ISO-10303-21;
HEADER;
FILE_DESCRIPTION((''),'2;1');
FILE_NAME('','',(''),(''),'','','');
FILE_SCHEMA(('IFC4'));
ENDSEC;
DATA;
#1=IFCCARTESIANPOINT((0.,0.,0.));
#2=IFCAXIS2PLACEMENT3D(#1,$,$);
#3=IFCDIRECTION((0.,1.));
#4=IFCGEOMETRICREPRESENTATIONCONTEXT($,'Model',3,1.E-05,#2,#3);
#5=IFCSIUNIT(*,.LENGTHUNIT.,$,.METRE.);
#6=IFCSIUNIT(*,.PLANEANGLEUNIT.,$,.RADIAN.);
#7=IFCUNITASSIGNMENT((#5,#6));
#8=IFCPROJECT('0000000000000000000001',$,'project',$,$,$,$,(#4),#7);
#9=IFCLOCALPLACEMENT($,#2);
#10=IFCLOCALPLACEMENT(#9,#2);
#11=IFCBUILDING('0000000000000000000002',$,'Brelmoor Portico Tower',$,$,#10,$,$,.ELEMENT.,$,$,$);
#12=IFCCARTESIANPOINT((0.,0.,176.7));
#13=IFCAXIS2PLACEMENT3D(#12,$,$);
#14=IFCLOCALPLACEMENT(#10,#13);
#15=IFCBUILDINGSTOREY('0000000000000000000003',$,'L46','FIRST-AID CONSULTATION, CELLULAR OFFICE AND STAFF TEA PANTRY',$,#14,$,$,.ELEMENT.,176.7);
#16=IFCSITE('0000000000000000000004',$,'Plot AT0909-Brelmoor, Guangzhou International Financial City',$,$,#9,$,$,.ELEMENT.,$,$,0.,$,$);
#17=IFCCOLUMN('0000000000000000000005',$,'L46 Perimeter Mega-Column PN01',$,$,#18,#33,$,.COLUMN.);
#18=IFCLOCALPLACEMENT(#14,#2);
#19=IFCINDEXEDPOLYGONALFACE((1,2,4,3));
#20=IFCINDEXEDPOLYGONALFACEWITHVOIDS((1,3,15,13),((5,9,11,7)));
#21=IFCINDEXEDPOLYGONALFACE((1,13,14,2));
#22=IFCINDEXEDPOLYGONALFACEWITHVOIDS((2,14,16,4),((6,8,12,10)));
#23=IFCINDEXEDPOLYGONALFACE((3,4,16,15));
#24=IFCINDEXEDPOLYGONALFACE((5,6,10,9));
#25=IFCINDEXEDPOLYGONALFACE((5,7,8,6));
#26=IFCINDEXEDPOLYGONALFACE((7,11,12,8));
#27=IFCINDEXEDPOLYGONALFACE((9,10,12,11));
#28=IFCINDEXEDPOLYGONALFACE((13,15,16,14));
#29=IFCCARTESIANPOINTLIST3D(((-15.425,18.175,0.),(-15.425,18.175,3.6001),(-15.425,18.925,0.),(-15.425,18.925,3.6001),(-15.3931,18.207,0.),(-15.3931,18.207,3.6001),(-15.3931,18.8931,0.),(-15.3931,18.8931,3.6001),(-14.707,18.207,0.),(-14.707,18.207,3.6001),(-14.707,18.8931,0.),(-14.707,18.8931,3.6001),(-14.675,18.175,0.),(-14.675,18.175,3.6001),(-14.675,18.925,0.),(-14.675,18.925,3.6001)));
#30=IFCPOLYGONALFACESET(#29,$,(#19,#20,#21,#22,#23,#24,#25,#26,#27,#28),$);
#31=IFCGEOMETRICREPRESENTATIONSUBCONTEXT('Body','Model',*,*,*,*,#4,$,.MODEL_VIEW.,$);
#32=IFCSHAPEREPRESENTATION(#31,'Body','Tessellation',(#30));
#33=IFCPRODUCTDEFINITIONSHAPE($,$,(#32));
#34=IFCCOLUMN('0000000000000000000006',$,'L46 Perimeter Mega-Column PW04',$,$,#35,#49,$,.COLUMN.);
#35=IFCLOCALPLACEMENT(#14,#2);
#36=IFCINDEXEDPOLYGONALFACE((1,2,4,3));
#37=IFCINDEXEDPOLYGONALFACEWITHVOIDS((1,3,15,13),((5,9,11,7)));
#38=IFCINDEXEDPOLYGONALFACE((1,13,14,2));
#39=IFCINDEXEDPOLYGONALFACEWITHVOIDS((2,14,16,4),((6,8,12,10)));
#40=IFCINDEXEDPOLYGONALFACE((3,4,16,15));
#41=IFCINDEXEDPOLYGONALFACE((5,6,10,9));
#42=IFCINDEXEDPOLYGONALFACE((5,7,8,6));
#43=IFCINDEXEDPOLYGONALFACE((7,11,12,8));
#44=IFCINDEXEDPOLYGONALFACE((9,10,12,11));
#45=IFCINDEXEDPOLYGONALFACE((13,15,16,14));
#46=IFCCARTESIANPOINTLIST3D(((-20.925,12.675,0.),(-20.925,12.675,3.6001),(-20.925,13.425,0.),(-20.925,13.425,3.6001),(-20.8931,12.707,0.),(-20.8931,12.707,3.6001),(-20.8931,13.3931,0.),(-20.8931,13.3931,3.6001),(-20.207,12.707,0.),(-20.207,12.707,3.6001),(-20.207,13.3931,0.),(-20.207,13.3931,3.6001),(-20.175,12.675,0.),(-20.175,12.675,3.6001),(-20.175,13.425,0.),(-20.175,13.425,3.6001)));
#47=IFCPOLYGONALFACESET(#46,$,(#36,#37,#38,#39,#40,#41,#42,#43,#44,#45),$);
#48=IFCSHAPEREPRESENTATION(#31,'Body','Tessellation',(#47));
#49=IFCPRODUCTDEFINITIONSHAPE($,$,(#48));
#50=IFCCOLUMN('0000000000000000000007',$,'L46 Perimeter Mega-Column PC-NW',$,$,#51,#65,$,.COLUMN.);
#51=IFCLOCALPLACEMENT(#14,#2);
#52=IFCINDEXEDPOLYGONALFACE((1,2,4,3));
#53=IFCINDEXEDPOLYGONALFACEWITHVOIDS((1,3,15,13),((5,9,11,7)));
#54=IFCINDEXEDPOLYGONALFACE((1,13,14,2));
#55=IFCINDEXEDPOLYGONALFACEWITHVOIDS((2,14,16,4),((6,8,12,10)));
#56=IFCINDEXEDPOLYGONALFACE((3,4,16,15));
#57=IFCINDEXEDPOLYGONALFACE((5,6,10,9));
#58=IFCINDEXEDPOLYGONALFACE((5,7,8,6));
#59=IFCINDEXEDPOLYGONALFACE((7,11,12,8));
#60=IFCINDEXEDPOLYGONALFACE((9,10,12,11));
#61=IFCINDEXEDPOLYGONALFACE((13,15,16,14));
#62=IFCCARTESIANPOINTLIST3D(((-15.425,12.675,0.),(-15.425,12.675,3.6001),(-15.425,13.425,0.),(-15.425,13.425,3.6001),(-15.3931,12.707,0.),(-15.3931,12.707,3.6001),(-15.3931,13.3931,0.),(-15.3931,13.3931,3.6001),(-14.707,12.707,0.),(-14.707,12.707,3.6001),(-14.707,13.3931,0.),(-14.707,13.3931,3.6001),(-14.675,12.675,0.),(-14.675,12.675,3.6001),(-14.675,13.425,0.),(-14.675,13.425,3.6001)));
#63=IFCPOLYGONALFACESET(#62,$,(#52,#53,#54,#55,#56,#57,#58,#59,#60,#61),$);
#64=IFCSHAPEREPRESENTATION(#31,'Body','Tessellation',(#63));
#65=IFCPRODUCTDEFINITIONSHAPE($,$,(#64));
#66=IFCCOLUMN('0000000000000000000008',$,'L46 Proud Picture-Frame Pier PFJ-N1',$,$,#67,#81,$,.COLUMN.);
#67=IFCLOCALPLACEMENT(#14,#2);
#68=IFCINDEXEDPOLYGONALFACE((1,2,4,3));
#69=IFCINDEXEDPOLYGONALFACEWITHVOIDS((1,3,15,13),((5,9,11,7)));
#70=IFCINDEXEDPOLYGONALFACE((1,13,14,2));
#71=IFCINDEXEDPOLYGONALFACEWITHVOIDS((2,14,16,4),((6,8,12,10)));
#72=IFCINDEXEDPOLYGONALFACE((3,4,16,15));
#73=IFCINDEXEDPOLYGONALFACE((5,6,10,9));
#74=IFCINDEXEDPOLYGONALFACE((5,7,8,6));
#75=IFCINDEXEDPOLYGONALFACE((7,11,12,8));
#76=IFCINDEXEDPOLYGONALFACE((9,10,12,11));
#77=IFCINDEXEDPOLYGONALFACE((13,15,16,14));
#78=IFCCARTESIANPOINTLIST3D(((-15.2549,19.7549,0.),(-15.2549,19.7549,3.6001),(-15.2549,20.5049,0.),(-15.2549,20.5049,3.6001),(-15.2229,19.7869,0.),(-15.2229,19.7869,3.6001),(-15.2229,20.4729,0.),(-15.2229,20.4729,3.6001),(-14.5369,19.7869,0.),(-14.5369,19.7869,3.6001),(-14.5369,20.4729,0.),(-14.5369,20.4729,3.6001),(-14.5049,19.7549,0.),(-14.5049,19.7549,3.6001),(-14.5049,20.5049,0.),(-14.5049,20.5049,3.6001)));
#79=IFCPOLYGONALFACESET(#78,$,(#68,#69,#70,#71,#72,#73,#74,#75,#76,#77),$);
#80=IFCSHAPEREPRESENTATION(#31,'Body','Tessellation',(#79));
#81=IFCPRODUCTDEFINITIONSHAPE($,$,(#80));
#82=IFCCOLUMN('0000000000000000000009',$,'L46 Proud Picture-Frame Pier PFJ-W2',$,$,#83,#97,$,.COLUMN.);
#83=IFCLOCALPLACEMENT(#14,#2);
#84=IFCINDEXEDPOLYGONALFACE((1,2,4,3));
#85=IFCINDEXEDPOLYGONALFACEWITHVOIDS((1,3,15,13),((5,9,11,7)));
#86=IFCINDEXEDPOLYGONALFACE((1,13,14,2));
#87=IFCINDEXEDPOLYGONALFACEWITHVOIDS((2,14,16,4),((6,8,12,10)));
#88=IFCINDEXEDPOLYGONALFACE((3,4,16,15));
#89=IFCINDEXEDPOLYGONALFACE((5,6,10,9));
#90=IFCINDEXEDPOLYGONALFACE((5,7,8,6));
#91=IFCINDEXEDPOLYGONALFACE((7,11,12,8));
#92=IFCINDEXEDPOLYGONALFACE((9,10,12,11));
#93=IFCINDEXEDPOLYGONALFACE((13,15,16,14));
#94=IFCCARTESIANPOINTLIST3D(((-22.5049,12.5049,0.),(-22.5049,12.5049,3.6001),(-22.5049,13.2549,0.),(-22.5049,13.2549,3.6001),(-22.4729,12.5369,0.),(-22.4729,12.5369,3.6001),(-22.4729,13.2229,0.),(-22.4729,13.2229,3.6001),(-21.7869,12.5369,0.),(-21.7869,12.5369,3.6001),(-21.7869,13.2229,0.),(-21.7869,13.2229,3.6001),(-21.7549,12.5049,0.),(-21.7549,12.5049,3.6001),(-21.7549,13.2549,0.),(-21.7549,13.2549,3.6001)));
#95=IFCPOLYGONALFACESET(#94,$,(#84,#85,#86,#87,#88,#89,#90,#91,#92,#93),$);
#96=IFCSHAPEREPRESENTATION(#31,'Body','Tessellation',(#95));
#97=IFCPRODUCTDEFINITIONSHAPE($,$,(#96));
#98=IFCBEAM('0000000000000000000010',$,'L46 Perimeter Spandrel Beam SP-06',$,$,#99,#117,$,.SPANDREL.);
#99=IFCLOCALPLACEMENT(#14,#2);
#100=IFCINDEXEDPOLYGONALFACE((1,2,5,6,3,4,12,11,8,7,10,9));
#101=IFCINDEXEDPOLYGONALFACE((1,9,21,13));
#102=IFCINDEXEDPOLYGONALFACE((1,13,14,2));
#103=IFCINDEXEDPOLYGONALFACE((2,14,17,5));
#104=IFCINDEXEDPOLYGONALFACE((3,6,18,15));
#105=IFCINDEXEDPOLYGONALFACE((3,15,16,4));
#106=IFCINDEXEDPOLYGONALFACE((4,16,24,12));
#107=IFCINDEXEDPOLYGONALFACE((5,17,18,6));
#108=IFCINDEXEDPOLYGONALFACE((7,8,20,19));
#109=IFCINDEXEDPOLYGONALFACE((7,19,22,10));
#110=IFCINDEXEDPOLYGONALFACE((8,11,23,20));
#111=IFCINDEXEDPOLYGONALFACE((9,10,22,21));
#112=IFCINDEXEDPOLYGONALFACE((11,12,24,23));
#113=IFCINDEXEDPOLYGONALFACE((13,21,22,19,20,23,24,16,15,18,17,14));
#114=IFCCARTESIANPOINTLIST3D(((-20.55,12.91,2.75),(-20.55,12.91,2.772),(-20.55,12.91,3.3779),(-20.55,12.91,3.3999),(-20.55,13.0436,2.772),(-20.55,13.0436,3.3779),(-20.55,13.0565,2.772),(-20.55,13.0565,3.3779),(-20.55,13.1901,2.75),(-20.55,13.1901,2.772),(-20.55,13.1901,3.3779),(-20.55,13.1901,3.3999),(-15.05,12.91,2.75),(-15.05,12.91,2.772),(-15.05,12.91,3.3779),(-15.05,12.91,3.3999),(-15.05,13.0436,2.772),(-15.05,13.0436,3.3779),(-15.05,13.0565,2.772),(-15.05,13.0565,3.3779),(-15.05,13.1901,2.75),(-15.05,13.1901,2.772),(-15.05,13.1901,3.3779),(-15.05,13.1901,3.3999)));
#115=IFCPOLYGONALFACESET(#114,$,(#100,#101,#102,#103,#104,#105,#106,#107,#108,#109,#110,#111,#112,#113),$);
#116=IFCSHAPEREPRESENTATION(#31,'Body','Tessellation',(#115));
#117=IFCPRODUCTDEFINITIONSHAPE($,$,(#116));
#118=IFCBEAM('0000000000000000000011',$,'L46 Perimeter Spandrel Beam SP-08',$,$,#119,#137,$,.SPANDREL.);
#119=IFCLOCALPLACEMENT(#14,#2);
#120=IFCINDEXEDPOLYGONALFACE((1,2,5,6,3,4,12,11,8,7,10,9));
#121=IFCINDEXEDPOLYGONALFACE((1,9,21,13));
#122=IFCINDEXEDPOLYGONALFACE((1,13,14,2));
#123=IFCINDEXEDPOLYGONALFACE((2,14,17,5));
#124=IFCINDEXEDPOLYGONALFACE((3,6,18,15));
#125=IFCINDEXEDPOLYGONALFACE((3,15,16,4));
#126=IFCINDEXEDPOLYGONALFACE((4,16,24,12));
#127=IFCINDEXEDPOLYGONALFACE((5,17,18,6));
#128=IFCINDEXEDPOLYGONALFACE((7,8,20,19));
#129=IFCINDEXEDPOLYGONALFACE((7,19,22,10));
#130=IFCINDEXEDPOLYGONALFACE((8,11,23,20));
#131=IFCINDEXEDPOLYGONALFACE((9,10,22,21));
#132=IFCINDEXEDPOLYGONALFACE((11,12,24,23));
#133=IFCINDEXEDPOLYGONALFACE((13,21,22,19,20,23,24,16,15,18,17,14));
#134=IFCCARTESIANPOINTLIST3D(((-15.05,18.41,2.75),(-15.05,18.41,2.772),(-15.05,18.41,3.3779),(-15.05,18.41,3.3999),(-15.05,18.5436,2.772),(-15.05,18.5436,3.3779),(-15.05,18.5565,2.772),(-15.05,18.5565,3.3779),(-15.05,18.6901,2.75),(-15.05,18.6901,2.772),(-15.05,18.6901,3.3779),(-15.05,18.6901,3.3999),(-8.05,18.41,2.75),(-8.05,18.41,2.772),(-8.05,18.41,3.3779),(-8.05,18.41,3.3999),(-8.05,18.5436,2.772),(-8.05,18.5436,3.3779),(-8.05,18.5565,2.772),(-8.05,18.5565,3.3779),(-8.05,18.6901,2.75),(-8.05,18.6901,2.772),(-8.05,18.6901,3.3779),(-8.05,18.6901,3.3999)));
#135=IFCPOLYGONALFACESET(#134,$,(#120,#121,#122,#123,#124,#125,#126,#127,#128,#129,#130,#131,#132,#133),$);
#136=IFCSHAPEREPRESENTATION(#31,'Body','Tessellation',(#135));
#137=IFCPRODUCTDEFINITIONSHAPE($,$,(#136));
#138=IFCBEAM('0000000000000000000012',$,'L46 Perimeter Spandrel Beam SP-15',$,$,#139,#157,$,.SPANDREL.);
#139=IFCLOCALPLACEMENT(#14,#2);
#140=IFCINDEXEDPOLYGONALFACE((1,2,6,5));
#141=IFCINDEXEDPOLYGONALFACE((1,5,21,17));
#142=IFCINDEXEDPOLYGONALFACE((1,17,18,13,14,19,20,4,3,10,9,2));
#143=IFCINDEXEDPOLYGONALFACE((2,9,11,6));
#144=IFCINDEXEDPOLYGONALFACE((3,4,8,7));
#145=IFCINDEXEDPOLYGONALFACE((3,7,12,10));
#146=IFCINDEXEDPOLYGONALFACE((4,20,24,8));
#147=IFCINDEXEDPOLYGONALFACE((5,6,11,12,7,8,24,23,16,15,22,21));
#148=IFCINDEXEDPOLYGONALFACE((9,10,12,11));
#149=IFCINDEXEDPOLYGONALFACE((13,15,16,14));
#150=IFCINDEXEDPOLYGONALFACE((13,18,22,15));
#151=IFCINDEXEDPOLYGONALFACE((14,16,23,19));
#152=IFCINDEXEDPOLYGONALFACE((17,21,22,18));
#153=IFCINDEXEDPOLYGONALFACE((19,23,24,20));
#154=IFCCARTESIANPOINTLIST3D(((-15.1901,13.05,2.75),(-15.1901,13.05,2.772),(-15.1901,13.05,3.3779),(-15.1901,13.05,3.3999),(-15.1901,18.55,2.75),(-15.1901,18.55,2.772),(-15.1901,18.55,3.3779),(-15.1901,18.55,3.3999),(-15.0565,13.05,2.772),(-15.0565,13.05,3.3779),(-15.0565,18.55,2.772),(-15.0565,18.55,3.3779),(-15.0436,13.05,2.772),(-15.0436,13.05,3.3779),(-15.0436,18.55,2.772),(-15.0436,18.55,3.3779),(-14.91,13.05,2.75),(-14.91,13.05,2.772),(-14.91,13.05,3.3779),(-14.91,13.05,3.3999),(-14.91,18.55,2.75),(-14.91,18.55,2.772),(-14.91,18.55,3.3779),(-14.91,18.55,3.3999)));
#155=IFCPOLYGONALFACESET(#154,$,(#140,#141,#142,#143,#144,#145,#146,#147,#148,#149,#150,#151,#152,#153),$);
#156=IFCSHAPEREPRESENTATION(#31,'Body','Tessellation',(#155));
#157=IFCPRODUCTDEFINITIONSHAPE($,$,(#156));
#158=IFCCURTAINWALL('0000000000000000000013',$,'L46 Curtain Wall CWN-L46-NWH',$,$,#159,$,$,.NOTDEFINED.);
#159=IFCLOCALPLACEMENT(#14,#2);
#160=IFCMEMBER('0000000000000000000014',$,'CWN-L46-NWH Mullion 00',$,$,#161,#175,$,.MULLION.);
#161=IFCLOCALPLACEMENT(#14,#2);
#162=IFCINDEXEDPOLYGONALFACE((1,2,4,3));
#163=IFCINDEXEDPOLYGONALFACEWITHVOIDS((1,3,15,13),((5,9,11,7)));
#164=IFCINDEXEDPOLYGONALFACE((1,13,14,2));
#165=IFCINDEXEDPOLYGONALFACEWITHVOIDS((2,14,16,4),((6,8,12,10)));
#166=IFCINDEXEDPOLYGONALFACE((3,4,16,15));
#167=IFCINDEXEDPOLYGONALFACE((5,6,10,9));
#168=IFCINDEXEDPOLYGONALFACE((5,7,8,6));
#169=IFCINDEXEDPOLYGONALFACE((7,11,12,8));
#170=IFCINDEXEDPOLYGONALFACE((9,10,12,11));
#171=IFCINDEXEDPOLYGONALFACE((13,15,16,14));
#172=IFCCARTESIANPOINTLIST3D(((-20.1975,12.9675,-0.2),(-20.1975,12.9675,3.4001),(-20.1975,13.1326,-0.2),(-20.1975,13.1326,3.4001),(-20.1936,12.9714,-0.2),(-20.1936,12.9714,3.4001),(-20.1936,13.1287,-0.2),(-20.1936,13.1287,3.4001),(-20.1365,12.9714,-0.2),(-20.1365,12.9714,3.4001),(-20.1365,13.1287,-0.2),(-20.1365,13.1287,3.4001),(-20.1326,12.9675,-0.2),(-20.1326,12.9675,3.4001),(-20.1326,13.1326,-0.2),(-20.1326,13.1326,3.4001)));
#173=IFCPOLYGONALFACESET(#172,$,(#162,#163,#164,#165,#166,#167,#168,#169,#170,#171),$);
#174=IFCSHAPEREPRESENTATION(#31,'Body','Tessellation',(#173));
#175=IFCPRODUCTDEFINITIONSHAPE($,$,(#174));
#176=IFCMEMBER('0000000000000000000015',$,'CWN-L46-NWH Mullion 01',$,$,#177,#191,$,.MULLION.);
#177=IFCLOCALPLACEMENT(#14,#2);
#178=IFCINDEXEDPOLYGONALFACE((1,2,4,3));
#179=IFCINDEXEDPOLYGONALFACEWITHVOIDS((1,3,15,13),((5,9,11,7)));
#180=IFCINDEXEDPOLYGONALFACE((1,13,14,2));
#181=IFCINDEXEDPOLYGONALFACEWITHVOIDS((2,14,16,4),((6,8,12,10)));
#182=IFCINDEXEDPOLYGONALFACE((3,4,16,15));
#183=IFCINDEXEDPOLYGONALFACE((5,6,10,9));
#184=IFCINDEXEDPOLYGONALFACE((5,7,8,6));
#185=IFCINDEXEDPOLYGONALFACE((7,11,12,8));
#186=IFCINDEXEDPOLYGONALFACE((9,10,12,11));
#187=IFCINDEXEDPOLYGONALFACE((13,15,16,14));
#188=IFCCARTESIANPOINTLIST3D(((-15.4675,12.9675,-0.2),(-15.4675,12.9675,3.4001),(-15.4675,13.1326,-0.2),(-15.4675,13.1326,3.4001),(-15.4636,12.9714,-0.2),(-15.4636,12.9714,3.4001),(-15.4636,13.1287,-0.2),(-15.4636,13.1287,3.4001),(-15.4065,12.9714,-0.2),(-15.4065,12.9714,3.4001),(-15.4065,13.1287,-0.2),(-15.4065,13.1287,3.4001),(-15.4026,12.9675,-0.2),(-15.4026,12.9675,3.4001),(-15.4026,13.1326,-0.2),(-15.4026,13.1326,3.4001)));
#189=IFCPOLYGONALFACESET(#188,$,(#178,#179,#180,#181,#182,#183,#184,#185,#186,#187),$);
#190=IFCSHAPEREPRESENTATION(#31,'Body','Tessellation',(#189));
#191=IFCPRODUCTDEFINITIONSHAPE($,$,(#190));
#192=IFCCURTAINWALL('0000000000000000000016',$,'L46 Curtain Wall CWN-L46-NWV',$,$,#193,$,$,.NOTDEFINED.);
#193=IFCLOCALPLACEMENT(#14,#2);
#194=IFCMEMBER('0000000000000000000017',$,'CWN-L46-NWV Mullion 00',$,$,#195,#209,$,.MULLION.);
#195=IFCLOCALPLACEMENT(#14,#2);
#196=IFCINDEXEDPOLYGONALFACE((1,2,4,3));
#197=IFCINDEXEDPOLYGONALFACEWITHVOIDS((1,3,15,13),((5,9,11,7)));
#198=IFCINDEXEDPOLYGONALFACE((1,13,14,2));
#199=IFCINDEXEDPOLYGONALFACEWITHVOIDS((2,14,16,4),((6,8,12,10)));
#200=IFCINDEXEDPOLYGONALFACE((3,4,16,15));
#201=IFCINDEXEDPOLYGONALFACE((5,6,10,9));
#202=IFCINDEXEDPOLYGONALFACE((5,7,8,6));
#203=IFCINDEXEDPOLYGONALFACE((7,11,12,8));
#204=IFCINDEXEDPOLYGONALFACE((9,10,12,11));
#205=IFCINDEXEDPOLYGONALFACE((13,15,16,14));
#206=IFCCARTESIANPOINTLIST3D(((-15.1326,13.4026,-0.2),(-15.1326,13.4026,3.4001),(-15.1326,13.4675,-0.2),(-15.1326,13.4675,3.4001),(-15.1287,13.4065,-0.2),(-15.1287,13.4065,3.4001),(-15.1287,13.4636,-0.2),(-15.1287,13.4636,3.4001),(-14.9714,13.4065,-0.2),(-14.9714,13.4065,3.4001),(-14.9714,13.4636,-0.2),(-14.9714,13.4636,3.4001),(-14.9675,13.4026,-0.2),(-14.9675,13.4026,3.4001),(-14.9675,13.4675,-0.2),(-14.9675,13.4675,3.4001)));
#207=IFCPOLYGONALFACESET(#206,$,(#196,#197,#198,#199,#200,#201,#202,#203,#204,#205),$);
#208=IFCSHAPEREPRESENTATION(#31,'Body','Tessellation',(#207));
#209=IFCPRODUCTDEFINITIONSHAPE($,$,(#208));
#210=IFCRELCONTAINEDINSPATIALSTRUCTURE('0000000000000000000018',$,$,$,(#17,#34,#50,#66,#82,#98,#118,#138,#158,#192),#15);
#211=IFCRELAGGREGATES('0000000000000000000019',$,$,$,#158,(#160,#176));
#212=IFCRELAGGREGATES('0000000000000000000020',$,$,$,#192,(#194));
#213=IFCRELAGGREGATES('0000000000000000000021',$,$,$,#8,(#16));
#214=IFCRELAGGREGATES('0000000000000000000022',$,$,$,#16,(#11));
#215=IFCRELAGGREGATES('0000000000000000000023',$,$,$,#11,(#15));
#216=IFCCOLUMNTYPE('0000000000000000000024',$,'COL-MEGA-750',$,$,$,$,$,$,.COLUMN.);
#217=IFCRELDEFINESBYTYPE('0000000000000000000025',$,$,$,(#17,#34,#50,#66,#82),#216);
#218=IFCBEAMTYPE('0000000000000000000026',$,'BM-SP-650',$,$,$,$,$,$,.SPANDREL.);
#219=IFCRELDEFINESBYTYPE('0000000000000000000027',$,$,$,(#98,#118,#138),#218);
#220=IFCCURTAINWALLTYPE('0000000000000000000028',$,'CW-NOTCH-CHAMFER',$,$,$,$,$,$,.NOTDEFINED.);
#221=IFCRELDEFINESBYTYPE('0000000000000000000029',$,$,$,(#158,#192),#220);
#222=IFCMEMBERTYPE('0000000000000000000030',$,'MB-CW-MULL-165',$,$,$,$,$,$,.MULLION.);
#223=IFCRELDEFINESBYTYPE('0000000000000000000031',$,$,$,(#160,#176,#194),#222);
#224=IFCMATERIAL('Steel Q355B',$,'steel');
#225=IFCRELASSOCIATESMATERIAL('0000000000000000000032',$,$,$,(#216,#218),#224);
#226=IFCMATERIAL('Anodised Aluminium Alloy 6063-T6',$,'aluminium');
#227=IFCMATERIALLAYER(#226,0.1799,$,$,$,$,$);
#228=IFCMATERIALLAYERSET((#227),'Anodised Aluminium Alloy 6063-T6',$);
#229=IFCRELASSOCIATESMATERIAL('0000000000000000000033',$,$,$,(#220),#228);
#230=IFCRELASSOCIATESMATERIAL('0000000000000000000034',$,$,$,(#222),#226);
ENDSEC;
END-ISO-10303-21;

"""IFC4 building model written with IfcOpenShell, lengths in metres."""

from ifc_helpers import new_model, si_unit, direction, frame, origin, origin_2d, place, context, subcontext, project, spatial, hollow_rectangle, i_section, extrude, material, layer, layer_set, material_profile, profile_set, type_object, element, aggregate, save


model = new_model("IFC4")

# Units and contexts
model_context = context("Model", 3, precision=1e-05, world=origin(), true_north=direction((0.0, 1.0)))
body_context = subcontext(model_context, "Body", "Model", "MODEL_VIEW")
ifc_project = project(units=[si_unit("LENGTHUNIT", "METRE"), si_unit("PLANEANGLEUNIT", "RADIAN")], contexts=[model_context])

# Site, building, storey
site_placement = place(None, origin())
site = spatial("IfcSite", under=ifc_project, at=site_placement, Name="Plot AT0909-Brelmoor, Guangzhou International Financial City", CompositionType="ELEMENT", RefElevation=0.0)
building_placement = place(site_placement, origin())
building = spatial("IfcBuilding", under=site, at=building_placement, Name="Brelmoor Portico Tower", CompositionType="ELEMENT")
storey_placement = place(building_placement, frame((0.0, 0.0, 176.7)))
storey = spatial("IfcBuildingStorey", under=building, at=storey_placement, Name="L46", Description="FIRST-AID CONSULTATION, CELLULAR OFFICE AND STAFF TEA PANTRY", CompositionType="ELEMENT", Elevation=176.7)

# Columns
ifc_material_1 = material(Name="Steel Q355B", Category="steel")
ifc_material_profile_1 = material_profile(ifc_material_1, hollow_rectangle(XDim=0.75, YDim=0.75, WallThickness=0.032, at=origin_2d()), Name="BOX 750x750x32")
ifc_profile_set_1 = profile_set([ifc_material_profile_1], Name="Steel Q355B")
column_type = type_object("IfcColumnType", Name="COL-MEGA-750", PredefinedType="COLUMN", material=ifc_profile_set_1)
for number, where, z_axis, x_axis, name in (
    (1, (-15.05, 18.55, 0.0), (0.0, 0.0, 1.0), (1.0, 0.0, 0.0), "L46 Perimeter Mega-Column PN01"),
    (2, (-20.55, 13.05, 0.0), (0.0, 0.0, 1.0), (0.0, 1.0, 0.0), "L46 Perimeter Mega-Column PW04"),
    (3, (-15.05, 13.05, 0.0), (0.0, 0.0, 1.0), (1.0, 0.0, 0.0), "L46 Perimeter Mega-Column PC-NW"),
    (4, (-14.8799, 20.1299, 0.0), (0.0, 0.0, 1.0), (1.0, 0.0, 0.0), "L46 Proud Picture-Frame Pier PFJ-N1"),
    (5, (-22.1299, 12.8799, 0.0), (0.0, 0.0, 1.0), (0.0, 1.0, 0.0), "L46 Proud Picture-Frame Pier PFJ-W2"),
):
    element("IfcColumn", number, at=place(storey_placement, frame(where, z_axis=z_axis, x_axis=x_axis)), inside=storey, type_object=column_type, Name=name, PredefinedType="COLUMN", context=body_context, shape_type="SweptSolid", body=[
        extrude(hollow_rectangle(XDim=0.75, YDim=0.75, WallThickness=0.032, at=origin_2d()), origin(), (0.0, 0.0, 1.0), 3.6001),
    ])

# Beams
ifc_material_profile_2 = material_profile(ifc_material_1, i_section(OverallWidth=0.28, OverallDepth=0.6499, WebThickness=0.0129, FlangeThickness=0.022, at=origin_2d()), Name="HN 650x280x13x22")
ifc_profile_set_2 = profile_set([ifc_material_profile_2], Name="Steel Q355B")
beam_type = type_object("IfcBeamType", Name="BM-SP-650", PredefinedType="SPANDREL", material=ifc_profile_set_2)
beam_1_placement = place(storey_placement, frame((-20.55, 13.05, 3.075), z_axis=(1.0, 0.0, 0.0), x_axis=(0.0, 1.0, 0.0)))
element("IfcBeam", 6, at=beam_1_placement, inside=storey, type_object=beam_type, Name="L46 Perimeter Spandrel Beam SP-06", PredefinedType="SPANDREL", context=body_context, shape_type="SweptSolid", body=[
    extrude(i_section(OverallWidth=0.28, OverallDepth=0.6499, WebThickness=0.0129, FlangeThickness=0.022, at=origin_2d()), origin(), (0.0, 0.0, 1.0), 5.5),
])
beam_2_placement = place(storey_placement, frame((-15.05, 18.55, 3.075), z_axis=(1.0, 0.0, 0.0), x_axis=(0.0, 1.0, 0.0)))
element("IfcBeam", 7, at=beam_2_placement, inside=storey, type_object=beam_type, Name="L46 Perimeter Spandrel Beam SP-08", PredefinedType="SPANDREL", context=body_context, shape_type="SweptSolid", body=[
    extrude(i_section(OverallWidth=0.28, OverallDepth=0.6499, WebThickness=0.0129, FlangeThickness=0.022, at=origin_2d()), origin(), (0.0, 0.0, 1.0), 7.0),
])
beam_3_placement = place(storey_placement, frame((-15.05, 13.05, 3.075), z_axis=(0.0, 1.0, 0.0), x_axis=(-1.0, 0.0, 0.0)))
element("IfcBeam", 8, at=beam_3_placement, inside=storey, type_object=beam_type, Name="L46 Perimeter Spandrel Beam SP-15", PredefinedType="SPANDREL", context=body_context, shape_type="SweptSolid", body=[
    extrude(i_section(OverallWidth=0.28, OverallDepth=0.6499, WebThickness=0.0129, FlangeThickness=0.022, at=origin_2d()), origin(), (0.0, 0.0, 1.0), 5.5),
])

# Curtain walls, members
ifc_material_2 = material(Name="Anodised Aluminium Alloy 6063-T6", Category="aluminium")
ifc_layer_1 = layer(ifc_material_2, 0.1799)
ifc_layer_set_1 = layer_set([ifc_layer_1], Name="Anodised Aluminium Alloy 6063-T6")
curtain_wall_type = type_object("IfcCurtainWallType", Name="CW-NOTCH-CHAMFER", PredefinedType="NOTDEFINED", material=ifc_layer_set_1)
curtain_wall_1_placement = place(storey_placement, origin())
curtain_wall_1 = element("IfcCurtainWall", 9, at=curtain_wall_1_placement, inside=storey, type_object=curtain_wall_type, Name="L46 Curtain Wall CWN-L46-NWH", PredefinedType="NOTDEFINED")
ifc_material_profile_3 = material_profile(ifc_material_2, hollow_rectangle(XDim=0.0649, YDim=0.165, WallThickness=0.0039, at=origin_2d()), Name="ALU MULLION 65x165")
ifc_profile_set_3 = profile_set([ifc_material_profile_3], Name="Anodised Aluminium Alloy 6063-T6")
member_type_1 = type_object("IfcMemberType", Name="MB-CW-MULL-165", PredefinedType="MULLION", material=ifc_profile_set_3)
member_1_placement = place(storey_placement, frame((-20.165, 13.05, -0.2), z_axis=(0.0, 0.0, 1.0), x_axis=(1.0, 0.0, 0.0)))
member_1 = element("IfcMember", 10, at=member_1_placement, type_object=member_type_1, Name="CWN-L46-NWH Mullion 00", PredefinedType="MULLION", context=body_context, shape_type="SweptSolid", body=[
    extrude(hollow_rectangle(XDim=0.0649, YDim=0.165, WallThickness=0.0039, at=origin_2d()), origin(), (0.0, 0.0, 1.0), 3.6001),
])
member_2_placement = place(storey_placement, frame((-15.4351, 13.05, -0.2), z_axis=(0.0, 0.0, 1.0), x_axis=(1.0, 0.0, 0.0)))
member_2 = element("IfcMember", 11, at=member_2_placement, type_object=member_type_1, Name="CWN-L46-NWH Mullion 01", PredefinedType="MULLION", context=body_context, shape_type="SweptSolid", body=[
    extrude(hollow_rectangle(XDim=0.0649, YDim=0.165, WallThickness=0.0039, at=origin_2d()), origin(), (0.0, 0.0, 1.0), 3.6001),
])
curtain_wall_2_placement = place(storey_placement, origin())
curtain_wall_2 = element("IfcCurtainWall", 12, at=curtain_wall_2_placement, inside=storey, type_object=curtain_wall_type, Name="L46 Curtain Wall CWN-L46-NWV", PredefinedType="NOTDEFINED")
member_3_placement = place(storey_placement, frame((-15.05, 13.4351, -0.2), z_axis=(0.0, 0.0, 1.0), x_axis=(0.0, 1.0, 0.0)))
member_3 = element("IfcMember", 13, at=member_3_placement, type_object=member_type_1, Name="CWN-L46-NWV Mullion 00", PredefinedType="MULLION", context=body_context, shape_type="SweptSolid", body=[
    extrude(hollow_rectangle(XDim=0.0649, YDim=0.165, WallThickness=0.0039, at=origin_2d()), origin(), (0.0, 0.0, 1.0), 3.6001),
])

aggregate(curtain_wall_1, [member_1, member_2])
aggregate(curtain_wall_2, [member_3])

save(model, "model.ifc")
